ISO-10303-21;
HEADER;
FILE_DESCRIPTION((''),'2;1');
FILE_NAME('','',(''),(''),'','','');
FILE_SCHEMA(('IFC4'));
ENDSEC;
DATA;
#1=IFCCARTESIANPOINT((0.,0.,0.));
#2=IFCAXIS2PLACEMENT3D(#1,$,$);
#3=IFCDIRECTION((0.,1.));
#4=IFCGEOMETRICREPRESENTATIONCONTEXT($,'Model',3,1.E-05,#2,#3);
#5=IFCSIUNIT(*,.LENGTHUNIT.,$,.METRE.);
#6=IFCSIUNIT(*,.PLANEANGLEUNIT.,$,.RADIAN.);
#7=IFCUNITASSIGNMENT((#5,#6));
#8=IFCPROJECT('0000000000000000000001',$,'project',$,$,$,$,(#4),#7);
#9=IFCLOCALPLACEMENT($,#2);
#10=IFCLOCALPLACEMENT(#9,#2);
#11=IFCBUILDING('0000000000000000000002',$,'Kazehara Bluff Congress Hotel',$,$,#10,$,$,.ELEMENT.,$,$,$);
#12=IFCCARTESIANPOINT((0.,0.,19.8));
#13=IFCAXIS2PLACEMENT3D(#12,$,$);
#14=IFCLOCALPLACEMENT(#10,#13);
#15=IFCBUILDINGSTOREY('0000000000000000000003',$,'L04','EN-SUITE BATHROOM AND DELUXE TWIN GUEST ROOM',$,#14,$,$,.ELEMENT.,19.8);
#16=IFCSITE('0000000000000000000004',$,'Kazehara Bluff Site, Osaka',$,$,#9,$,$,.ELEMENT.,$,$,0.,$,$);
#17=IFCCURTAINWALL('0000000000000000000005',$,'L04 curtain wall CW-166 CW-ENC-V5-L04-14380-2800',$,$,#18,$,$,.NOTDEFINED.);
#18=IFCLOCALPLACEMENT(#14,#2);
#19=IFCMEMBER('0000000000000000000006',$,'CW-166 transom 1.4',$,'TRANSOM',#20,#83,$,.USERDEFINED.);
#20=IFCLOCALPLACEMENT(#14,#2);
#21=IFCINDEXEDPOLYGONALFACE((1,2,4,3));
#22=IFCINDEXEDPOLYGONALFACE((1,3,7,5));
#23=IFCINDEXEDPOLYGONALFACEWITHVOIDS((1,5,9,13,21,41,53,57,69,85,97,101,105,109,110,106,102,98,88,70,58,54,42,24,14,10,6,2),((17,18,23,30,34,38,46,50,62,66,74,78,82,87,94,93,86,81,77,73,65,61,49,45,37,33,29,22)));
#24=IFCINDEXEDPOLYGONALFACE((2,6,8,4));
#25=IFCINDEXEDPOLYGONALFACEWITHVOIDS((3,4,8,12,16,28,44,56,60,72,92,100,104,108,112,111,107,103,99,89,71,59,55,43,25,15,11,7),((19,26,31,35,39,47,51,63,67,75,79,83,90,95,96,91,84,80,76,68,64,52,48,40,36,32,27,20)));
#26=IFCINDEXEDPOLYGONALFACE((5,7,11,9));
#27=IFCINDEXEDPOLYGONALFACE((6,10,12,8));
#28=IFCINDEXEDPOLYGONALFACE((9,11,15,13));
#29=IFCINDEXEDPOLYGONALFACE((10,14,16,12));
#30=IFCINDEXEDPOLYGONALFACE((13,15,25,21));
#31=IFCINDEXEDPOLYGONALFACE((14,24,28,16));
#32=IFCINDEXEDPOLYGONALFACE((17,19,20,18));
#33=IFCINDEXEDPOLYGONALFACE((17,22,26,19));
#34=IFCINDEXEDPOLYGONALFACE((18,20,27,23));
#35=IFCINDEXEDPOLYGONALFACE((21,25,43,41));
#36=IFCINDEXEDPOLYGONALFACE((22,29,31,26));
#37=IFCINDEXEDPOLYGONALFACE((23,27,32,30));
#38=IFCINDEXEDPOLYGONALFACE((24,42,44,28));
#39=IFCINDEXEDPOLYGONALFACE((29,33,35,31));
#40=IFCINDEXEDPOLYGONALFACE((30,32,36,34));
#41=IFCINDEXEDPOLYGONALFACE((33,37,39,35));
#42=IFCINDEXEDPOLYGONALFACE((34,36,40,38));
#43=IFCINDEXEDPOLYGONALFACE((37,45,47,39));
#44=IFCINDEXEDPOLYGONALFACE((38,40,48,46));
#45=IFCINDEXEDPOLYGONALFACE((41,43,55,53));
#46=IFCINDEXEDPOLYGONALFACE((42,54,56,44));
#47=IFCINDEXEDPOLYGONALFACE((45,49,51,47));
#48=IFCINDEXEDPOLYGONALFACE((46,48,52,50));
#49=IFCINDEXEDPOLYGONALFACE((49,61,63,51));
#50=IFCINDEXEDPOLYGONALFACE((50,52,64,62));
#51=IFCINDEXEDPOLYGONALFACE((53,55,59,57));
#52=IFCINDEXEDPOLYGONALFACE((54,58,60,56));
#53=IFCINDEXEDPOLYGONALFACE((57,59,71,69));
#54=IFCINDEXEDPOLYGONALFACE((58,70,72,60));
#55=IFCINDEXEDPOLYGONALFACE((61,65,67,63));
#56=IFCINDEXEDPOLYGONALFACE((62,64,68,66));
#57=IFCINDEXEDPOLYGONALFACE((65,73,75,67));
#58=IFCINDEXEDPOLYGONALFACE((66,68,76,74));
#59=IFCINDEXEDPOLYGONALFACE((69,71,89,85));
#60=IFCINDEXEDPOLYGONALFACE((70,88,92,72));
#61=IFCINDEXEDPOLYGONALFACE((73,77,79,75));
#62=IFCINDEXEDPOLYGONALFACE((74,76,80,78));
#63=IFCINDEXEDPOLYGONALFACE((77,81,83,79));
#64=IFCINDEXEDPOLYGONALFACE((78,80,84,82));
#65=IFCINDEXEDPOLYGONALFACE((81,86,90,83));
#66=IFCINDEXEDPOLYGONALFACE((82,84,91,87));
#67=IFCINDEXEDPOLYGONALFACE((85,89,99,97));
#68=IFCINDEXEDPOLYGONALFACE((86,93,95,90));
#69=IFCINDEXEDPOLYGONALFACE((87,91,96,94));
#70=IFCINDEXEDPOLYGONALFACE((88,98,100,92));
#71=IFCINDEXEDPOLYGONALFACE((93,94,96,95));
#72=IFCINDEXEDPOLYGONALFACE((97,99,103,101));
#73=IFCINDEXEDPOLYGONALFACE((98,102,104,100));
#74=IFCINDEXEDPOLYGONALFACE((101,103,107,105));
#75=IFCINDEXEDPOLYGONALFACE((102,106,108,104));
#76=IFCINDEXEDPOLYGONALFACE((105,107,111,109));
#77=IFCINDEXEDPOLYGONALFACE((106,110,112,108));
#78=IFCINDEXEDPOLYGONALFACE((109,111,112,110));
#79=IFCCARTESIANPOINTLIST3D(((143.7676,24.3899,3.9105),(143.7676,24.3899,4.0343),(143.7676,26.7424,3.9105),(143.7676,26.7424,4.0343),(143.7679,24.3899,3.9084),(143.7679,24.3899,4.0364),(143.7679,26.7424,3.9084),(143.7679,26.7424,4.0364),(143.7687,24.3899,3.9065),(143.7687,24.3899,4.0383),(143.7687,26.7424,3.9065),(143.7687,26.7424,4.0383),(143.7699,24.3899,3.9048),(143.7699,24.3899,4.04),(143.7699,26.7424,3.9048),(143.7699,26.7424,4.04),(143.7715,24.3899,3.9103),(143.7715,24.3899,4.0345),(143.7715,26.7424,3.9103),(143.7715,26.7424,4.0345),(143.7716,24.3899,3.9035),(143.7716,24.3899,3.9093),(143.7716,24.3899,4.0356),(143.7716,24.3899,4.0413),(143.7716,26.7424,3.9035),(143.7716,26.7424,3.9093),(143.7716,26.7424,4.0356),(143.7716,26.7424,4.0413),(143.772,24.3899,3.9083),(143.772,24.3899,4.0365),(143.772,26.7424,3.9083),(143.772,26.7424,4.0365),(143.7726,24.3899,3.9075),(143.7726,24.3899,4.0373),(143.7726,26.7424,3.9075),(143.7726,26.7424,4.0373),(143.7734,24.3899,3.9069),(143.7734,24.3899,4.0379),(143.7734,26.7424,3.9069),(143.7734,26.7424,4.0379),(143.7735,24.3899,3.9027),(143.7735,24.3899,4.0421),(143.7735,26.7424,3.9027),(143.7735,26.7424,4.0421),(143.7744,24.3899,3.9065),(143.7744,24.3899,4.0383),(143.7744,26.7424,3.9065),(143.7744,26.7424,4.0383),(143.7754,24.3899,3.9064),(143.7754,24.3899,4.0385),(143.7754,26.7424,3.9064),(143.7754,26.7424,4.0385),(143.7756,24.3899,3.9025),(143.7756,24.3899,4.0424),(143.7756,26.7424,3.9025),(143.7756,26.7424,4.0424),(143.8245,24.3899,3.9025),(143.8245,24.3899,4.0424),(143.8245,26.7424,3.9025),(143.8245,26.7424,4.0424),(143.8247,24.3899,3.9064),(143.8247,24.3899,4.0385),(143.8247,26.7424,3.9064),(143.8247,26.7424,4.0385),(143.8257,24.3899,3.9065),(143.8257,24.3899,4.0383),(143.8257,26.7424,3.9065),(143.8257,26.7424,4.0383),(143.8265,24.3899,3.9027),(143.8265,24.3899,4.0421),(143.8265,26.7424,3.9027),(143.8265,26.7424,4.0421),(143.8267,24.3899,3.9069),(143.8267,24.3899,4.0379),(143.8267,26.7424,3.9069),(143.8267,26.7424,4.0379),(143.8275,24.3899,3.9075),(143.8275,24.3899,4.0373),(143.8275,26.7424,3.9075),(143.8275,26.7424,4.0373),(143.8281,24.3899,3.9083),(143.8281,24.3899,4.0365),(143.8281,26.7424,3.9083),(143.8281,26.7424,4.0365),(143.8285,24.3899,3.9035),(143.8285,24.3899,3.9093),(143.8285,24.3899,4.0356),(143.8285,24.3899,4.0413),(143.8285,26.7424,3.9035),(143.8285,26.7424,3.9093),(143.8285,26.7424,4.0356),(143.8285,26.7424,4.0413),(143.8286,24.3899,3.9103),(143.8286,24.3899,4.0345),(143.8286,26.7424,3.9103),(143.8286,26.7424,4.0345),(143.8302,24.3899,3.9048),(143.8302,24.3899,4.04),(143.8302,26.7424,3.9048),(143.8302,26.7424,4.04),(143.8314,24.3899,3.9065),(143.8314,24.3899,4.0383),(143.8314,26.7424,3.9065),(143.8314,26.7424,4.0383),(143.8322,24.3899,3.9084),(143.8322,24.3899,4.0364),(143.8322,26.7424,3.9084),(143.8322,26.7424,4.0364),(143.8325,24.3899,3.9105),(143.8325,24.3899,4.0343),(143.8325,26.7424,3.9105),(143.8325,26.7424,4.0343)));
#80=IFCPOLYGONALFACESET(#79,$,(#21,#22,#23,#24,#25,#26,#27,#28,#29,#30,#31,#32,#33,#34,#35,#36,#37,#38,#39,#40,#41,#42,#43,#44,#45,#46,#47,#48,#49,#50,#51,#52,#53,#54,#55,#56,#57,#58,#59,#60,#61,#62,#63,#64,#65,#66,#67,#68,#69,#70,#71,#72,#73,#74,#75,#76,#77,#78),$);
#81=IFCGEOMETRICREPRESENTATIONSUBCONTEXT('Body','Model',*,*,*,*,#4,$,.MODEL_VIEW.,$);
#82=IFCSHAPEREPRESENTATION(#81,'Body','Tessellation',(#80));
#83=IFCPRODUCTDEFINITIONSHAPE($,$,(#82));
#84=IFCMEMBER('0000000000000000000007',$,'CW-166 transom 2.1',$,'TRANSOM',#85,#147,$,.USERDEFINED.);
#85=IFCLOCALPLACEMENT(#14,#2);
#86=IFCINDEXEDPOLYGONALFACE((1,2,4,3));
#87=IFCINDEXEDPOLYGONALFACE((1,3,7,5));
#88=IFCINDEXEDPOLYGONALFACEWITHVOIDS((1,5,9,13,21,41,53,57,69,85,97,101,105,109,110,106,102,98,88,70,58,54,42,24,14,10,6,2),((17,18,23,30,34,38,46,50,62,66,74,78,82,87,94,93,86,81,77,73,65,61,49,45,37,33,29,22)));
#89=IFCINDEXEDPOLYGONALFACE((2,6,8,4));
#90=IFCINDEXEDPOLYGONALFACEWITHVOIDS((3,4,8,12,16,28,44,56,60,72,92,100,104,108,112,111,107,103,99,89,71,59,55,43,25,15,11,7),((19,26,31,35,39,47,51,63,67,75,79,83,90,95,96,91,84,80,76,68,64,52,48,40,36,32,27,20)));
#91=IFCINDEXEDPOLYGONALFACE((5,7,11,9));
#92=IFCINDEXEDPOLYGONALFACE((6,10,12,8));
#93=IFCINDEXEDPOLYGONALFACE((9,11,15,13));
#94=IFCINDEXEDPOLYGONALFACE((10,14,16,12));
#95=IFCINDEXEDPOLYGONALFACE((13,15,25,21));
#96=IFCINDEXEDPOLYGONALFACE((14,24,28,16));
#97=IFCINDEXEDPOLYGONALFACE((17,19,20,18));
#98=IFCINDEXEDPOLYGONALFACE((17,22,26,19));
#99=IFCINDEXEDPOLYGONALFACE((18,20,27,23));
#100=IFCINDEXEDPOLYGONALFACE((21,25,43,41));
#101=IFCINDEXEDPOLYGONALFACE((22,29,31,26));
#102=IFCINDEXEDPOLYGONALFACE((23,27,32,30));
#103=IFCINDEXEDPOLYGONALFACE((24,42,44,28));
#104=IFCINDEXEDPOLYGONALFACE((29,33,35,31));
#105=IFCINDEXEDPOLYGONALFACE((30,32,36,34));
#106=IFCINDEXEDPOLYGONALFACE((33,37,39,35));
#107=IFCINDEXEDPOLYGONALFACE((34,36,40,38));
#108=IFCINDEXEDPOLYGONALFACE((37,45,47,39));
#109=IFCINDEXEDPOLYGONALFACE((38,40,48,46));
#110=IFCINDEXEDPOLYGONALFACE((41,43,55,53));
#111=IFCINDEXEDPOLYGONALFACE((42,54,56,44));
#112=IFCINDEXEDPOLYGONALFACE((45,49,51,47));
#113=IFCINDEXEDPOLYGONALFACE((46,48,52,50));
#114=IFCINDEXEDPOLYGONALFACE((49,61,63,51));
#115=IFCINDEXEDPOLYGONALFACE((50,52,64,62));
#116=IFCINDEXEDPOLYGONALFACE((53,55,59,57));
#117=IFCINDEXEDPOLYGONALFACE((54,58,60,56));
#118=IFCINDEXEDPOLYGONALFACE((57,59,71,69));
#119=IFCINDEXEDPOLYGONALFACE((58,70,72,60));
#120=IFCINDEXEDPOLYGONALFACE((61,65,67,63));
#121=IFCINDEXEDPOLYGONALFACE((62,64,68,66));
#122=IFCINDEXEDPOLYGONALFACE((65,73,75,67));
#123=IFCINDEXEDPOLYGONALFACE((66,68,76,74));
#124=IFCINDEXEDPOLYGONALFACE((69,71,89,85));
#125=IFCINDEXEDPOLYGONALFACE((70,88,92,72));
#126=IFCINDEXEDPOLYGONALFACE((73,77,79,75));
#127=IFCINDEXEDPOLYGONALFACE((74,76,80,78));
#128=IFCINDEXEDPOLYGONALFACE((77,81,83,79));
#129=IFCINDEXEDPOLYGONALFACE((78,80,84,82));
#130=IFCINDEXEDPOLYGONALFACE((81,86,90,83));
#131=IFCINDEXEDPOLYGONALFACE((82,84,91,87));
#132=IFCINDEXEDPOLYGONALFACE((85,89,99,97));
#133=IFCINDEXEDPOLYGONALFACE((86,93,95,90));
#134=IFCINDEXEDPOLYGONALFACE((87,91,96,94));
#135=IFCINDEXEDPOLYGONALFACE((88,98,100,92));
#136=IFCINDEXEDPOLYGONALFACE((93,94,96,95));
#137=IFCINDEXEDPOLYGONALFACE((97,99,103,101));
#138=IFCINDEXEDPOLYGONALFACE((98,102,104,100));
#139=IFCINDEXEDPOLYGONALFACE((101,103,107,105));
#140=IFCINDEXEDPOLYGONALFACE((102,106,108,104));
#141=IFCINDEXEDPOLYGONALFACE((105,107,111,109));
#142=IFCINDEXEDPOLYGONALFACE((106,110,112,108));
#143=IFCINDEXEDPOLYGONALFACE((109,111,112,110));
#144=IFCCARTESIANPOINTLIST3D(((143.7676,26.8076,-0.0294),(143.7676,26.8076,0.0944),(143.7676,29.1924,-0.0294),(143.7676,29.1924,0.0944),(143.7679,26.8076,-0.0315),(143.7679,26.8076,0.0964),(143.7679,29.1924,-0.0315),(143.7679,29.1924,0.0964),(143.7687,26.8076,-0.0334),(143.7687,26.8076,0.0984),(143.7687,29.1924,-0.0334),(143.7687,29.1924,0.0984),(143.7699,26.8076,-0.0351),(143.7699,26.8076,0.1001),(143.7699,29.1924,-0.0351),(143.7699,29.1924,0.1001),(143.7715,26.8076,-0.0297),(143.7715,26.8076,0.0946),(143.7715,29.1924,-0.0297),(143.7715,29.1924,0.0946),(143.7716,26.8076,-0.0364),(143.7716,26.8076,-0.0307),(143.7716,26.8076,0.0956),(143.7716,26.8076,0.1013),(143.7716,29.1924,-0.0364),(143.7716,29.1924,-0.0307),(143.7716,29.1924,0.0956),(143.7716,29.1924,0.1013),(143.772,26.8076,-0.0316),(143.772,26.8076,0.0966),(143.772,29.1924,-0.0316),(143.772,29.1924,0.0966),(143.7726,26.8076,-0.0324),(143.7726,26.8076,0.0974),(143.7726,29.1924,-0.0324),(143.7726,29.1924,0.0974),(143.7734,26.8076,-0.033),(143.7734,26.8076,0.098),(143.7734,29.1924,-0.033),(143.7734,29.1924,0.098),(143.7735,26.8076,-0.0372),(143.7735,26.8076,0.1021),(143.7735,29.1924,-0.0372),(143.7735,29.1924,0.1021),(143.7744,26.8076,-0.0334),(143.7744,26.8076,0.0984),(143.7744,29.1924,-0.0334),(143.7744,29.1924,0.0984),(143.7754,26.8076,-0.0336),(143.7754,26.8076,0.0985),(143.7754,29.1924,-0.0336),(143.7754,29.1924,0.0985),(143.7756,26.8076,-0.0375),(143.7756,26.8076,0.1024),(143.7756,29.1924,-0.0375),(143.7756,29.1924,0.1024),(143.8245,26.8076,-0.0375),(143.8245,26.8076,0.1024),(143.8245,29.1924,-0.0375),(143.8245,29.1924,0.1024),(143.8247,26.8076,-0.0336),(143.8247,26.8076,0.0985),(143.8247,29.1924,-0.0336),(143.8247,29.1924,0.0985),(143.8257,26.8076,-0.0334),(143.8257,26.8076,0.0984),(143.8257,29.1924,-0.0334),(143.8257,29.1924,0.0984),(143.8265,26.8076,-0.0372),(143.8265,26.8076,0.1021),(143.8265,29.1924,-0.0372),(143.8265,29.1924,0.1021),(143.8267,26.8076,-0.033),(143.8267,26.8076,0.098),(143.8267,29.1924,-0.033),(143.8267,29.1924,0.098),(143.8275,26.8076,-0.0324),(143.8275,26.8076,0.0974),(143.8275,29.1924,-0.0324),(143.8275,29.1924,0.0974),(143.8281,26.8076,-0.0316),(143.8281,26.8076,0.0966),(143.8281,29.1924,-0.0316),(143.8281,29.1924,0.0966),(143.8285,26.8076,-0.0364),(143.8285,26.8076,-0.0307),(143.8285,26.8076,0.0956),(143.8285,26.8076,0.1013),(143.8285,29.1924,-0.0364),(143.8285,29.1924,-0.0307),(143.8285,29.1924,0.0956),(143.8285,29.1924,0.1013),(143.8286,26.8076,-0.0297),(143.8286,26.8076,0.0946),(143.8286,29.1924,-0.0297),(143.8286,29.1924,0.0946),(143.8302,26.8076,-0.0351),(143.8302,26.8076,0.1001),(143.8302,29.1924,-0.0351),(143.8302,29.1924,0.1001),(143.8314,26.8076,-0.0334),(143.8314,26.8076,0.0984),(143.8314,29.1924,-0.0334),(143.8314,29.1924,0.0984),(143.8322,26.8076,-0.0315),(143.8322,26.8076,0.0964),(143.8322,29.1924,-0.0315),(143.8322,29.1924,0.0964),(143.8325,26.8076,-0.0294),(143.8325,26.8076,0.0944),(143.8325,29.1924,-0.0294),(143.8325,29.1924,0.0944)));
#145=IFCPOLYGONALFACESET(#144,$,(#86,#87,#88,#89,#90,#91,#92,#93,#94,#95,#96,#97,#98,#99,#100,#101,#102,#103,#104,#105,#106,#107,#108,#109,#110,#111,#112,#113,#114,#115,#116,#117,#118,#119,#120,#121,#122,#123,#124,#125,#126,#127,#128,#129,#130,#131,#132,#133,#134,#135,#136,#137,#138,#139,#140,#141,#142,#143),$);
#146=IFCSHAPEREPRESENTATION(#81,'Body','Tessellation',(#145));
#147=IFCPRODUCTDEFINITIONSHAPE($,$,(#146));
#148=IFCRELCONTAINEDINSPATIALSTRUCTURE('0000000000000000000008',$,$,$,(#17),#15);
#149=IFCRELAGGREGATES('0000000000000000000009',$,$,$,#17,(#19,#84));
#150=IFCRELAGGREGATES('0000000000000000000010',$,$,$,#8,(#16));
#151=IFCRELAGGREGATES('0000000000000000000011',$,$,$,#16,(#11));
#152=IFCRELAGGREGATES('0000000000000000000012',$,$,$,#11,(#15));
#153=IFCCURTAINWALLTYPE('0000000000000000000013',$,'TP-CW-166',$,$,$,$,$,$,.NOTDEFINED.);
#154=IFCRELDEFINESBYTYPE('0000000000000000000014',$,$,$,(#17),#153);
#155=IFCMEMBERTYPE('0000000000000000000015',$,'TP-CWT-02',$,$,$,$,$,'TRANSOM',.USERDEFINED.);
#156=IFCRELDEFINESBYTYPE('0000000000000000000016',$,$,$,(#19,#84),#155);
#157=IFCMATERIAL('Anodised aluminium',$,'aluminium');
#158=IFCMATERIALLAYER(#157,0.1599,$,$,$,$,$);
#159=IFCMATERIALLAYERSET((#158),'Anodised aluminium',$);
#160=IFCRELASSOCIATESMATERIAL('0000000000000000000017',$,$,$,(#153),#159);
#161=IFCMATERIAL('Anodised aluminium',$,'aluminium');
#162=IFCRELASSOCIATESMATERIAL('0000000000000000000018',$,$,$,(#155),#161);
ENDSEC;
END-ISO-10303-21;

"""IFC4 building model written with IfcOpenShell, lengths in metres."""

from ifc_helpers import new_model, si_unit, direction, frame, origin, origin_2d, place, context, subcontext, project, spatial, hollow_rectangle, extrude, material, layer, layer_set, material_profile, profile_set, type_object, element, aggregate, save


model = new_model("IFC4")

# Units and contexts
model_context = context("Model", 3, precision=1e-05, world=origin(), true_north=direction((0.0, 1.0)))
body_context = subcontext(model_context, "Body", "Model", "MODEL_VIEW")
ifc_project = project(units=[si_unit("LENGTHUNIT", "METRE"), si_unit("PLANEANGLEUNIT", "RADIAN")], contexts=[model_context])

# Site, building, storey
site_placement = place(None, origin())
site = spatial("IfcSite", under=ifc_project, at=site_placement, Name="Kazehara Bluff Site, Osaka", CompositionType="ELEMENT", RefElevation=0.0)
building_placement = place(site_placement, origin())
building = spatial("IfcBuilding", under=site, at=building_placement, Name="Kazehara Bluff Congress Hotel", CompositionType="ELEMENT")
storey_placement = place(building_placement, frame((0.0, 0.0, 19.8)))
storey = spatial("IfcBuildingStorey", under=building, at=storey_placement, Name="L04", Description="EN-SUITE BATHROOM AND DELUXE TWIN GUEST ROOM", CompositionType="ELEMENT", Elevation=19.8)

# Curtain wall, members
ifc_material_1 = material(Name="Anodised aluminium", Category="aluminium")
ifc_layer_1 = layer(ifc_material_1, 0.1599)
ifc_layer_set_1 = layer_set([ifc_layer_1], Name="Anodised aluminium")
curtain_wall_type_1 = type_object("IfcCurtainWallType", Name="TP-CW-166", PredefinedType="NOTDEFINED", material=ifc_layer_set_1)
curtain_wall_1_placement = place(storey_placement, origin())
curtain_wall_1 = element("IfcCurtainWall", 1, at=curtain_wall_1_placement, inside=storey, type_object=curtain_wall_type_1, Name="L04 curtain wall CW-166 CW-ENC-V5-L04-14380-2800", PredefinedType="NOTDEFINED")
ifc_material_2 = material(Name="Anodised aluminium", Category="aluminium")
ifc_material_profile_1 = material_profile(ifc_material_2, hollow_rectangle(XDim=0.0649, YDim=0.1399, WallThickness=0.0039, InnerFilletRadius=0.0039, OuterFilletRadius=0.0081, at=origin_2d()))
ifc_profile_set_1 = profile_set([ifc_material_profile_1], Name="Anodised aluminium")
member_type_1 = type_object("IfcMemberType", Name="TP-CWT-02", ElementType="TRANSOM", PredefinedType="USERDEFINED", material=ifc_profile_set_1)
member_1_placement = place(storey_placement, frame((143.8, 24.3899, 3.9724), z_axis=(0.0, 1.0, 0.0), x_axis=(-1.0, 0.0, 0.0)))
member_1 = element("IfcMember", 2, at=member_1_placement, type_object=member_type_1, Name="CW-166 transom 1.4", ObjectType="TRANSOM", PredefinedType="USERDEFINED", context=body_context, shape_type="SweptSolid", body=[
    extrude(hollow_rectangle(XDim=0.0649, YDim=0.1399, WallThickness=0.0039, InnerFilletRadius=0.0039, OuterFilletRadius=0.0081, at=origin_2d()), origin(), (0.0, 0.0, 1.0), 2.3525),
])
member_2_placement = place(storey_placement, frame((143.8, 26.8076, 0.0325), z_axis=(0.0, 1.0, 0.0), x_axis=(-1.0, 0.0, 0.0)))
member_2 = element("IfcMember", 3, at=member_2_placement, type_object=member_type_1, Name="CW-166 transom 2.1", ObjectType="TRANSOM", PredefinedType="USERDEFINED", context=body_context, shape_type="SweptSolid", body=[
    extrude(hollow_rectangle(XDim=0.0649, YDim=0.1399, WallThickness=0.0039, InnerFilletRadius=0.0039, OuterFilletRadius=0.0081, at=origin_2d()), origin(), (0.0, 0.0, 1.0), 2.3848),
])

aggregate(curtain_wall_1, [member_1, member_2])

save(model, "model.ifc")
